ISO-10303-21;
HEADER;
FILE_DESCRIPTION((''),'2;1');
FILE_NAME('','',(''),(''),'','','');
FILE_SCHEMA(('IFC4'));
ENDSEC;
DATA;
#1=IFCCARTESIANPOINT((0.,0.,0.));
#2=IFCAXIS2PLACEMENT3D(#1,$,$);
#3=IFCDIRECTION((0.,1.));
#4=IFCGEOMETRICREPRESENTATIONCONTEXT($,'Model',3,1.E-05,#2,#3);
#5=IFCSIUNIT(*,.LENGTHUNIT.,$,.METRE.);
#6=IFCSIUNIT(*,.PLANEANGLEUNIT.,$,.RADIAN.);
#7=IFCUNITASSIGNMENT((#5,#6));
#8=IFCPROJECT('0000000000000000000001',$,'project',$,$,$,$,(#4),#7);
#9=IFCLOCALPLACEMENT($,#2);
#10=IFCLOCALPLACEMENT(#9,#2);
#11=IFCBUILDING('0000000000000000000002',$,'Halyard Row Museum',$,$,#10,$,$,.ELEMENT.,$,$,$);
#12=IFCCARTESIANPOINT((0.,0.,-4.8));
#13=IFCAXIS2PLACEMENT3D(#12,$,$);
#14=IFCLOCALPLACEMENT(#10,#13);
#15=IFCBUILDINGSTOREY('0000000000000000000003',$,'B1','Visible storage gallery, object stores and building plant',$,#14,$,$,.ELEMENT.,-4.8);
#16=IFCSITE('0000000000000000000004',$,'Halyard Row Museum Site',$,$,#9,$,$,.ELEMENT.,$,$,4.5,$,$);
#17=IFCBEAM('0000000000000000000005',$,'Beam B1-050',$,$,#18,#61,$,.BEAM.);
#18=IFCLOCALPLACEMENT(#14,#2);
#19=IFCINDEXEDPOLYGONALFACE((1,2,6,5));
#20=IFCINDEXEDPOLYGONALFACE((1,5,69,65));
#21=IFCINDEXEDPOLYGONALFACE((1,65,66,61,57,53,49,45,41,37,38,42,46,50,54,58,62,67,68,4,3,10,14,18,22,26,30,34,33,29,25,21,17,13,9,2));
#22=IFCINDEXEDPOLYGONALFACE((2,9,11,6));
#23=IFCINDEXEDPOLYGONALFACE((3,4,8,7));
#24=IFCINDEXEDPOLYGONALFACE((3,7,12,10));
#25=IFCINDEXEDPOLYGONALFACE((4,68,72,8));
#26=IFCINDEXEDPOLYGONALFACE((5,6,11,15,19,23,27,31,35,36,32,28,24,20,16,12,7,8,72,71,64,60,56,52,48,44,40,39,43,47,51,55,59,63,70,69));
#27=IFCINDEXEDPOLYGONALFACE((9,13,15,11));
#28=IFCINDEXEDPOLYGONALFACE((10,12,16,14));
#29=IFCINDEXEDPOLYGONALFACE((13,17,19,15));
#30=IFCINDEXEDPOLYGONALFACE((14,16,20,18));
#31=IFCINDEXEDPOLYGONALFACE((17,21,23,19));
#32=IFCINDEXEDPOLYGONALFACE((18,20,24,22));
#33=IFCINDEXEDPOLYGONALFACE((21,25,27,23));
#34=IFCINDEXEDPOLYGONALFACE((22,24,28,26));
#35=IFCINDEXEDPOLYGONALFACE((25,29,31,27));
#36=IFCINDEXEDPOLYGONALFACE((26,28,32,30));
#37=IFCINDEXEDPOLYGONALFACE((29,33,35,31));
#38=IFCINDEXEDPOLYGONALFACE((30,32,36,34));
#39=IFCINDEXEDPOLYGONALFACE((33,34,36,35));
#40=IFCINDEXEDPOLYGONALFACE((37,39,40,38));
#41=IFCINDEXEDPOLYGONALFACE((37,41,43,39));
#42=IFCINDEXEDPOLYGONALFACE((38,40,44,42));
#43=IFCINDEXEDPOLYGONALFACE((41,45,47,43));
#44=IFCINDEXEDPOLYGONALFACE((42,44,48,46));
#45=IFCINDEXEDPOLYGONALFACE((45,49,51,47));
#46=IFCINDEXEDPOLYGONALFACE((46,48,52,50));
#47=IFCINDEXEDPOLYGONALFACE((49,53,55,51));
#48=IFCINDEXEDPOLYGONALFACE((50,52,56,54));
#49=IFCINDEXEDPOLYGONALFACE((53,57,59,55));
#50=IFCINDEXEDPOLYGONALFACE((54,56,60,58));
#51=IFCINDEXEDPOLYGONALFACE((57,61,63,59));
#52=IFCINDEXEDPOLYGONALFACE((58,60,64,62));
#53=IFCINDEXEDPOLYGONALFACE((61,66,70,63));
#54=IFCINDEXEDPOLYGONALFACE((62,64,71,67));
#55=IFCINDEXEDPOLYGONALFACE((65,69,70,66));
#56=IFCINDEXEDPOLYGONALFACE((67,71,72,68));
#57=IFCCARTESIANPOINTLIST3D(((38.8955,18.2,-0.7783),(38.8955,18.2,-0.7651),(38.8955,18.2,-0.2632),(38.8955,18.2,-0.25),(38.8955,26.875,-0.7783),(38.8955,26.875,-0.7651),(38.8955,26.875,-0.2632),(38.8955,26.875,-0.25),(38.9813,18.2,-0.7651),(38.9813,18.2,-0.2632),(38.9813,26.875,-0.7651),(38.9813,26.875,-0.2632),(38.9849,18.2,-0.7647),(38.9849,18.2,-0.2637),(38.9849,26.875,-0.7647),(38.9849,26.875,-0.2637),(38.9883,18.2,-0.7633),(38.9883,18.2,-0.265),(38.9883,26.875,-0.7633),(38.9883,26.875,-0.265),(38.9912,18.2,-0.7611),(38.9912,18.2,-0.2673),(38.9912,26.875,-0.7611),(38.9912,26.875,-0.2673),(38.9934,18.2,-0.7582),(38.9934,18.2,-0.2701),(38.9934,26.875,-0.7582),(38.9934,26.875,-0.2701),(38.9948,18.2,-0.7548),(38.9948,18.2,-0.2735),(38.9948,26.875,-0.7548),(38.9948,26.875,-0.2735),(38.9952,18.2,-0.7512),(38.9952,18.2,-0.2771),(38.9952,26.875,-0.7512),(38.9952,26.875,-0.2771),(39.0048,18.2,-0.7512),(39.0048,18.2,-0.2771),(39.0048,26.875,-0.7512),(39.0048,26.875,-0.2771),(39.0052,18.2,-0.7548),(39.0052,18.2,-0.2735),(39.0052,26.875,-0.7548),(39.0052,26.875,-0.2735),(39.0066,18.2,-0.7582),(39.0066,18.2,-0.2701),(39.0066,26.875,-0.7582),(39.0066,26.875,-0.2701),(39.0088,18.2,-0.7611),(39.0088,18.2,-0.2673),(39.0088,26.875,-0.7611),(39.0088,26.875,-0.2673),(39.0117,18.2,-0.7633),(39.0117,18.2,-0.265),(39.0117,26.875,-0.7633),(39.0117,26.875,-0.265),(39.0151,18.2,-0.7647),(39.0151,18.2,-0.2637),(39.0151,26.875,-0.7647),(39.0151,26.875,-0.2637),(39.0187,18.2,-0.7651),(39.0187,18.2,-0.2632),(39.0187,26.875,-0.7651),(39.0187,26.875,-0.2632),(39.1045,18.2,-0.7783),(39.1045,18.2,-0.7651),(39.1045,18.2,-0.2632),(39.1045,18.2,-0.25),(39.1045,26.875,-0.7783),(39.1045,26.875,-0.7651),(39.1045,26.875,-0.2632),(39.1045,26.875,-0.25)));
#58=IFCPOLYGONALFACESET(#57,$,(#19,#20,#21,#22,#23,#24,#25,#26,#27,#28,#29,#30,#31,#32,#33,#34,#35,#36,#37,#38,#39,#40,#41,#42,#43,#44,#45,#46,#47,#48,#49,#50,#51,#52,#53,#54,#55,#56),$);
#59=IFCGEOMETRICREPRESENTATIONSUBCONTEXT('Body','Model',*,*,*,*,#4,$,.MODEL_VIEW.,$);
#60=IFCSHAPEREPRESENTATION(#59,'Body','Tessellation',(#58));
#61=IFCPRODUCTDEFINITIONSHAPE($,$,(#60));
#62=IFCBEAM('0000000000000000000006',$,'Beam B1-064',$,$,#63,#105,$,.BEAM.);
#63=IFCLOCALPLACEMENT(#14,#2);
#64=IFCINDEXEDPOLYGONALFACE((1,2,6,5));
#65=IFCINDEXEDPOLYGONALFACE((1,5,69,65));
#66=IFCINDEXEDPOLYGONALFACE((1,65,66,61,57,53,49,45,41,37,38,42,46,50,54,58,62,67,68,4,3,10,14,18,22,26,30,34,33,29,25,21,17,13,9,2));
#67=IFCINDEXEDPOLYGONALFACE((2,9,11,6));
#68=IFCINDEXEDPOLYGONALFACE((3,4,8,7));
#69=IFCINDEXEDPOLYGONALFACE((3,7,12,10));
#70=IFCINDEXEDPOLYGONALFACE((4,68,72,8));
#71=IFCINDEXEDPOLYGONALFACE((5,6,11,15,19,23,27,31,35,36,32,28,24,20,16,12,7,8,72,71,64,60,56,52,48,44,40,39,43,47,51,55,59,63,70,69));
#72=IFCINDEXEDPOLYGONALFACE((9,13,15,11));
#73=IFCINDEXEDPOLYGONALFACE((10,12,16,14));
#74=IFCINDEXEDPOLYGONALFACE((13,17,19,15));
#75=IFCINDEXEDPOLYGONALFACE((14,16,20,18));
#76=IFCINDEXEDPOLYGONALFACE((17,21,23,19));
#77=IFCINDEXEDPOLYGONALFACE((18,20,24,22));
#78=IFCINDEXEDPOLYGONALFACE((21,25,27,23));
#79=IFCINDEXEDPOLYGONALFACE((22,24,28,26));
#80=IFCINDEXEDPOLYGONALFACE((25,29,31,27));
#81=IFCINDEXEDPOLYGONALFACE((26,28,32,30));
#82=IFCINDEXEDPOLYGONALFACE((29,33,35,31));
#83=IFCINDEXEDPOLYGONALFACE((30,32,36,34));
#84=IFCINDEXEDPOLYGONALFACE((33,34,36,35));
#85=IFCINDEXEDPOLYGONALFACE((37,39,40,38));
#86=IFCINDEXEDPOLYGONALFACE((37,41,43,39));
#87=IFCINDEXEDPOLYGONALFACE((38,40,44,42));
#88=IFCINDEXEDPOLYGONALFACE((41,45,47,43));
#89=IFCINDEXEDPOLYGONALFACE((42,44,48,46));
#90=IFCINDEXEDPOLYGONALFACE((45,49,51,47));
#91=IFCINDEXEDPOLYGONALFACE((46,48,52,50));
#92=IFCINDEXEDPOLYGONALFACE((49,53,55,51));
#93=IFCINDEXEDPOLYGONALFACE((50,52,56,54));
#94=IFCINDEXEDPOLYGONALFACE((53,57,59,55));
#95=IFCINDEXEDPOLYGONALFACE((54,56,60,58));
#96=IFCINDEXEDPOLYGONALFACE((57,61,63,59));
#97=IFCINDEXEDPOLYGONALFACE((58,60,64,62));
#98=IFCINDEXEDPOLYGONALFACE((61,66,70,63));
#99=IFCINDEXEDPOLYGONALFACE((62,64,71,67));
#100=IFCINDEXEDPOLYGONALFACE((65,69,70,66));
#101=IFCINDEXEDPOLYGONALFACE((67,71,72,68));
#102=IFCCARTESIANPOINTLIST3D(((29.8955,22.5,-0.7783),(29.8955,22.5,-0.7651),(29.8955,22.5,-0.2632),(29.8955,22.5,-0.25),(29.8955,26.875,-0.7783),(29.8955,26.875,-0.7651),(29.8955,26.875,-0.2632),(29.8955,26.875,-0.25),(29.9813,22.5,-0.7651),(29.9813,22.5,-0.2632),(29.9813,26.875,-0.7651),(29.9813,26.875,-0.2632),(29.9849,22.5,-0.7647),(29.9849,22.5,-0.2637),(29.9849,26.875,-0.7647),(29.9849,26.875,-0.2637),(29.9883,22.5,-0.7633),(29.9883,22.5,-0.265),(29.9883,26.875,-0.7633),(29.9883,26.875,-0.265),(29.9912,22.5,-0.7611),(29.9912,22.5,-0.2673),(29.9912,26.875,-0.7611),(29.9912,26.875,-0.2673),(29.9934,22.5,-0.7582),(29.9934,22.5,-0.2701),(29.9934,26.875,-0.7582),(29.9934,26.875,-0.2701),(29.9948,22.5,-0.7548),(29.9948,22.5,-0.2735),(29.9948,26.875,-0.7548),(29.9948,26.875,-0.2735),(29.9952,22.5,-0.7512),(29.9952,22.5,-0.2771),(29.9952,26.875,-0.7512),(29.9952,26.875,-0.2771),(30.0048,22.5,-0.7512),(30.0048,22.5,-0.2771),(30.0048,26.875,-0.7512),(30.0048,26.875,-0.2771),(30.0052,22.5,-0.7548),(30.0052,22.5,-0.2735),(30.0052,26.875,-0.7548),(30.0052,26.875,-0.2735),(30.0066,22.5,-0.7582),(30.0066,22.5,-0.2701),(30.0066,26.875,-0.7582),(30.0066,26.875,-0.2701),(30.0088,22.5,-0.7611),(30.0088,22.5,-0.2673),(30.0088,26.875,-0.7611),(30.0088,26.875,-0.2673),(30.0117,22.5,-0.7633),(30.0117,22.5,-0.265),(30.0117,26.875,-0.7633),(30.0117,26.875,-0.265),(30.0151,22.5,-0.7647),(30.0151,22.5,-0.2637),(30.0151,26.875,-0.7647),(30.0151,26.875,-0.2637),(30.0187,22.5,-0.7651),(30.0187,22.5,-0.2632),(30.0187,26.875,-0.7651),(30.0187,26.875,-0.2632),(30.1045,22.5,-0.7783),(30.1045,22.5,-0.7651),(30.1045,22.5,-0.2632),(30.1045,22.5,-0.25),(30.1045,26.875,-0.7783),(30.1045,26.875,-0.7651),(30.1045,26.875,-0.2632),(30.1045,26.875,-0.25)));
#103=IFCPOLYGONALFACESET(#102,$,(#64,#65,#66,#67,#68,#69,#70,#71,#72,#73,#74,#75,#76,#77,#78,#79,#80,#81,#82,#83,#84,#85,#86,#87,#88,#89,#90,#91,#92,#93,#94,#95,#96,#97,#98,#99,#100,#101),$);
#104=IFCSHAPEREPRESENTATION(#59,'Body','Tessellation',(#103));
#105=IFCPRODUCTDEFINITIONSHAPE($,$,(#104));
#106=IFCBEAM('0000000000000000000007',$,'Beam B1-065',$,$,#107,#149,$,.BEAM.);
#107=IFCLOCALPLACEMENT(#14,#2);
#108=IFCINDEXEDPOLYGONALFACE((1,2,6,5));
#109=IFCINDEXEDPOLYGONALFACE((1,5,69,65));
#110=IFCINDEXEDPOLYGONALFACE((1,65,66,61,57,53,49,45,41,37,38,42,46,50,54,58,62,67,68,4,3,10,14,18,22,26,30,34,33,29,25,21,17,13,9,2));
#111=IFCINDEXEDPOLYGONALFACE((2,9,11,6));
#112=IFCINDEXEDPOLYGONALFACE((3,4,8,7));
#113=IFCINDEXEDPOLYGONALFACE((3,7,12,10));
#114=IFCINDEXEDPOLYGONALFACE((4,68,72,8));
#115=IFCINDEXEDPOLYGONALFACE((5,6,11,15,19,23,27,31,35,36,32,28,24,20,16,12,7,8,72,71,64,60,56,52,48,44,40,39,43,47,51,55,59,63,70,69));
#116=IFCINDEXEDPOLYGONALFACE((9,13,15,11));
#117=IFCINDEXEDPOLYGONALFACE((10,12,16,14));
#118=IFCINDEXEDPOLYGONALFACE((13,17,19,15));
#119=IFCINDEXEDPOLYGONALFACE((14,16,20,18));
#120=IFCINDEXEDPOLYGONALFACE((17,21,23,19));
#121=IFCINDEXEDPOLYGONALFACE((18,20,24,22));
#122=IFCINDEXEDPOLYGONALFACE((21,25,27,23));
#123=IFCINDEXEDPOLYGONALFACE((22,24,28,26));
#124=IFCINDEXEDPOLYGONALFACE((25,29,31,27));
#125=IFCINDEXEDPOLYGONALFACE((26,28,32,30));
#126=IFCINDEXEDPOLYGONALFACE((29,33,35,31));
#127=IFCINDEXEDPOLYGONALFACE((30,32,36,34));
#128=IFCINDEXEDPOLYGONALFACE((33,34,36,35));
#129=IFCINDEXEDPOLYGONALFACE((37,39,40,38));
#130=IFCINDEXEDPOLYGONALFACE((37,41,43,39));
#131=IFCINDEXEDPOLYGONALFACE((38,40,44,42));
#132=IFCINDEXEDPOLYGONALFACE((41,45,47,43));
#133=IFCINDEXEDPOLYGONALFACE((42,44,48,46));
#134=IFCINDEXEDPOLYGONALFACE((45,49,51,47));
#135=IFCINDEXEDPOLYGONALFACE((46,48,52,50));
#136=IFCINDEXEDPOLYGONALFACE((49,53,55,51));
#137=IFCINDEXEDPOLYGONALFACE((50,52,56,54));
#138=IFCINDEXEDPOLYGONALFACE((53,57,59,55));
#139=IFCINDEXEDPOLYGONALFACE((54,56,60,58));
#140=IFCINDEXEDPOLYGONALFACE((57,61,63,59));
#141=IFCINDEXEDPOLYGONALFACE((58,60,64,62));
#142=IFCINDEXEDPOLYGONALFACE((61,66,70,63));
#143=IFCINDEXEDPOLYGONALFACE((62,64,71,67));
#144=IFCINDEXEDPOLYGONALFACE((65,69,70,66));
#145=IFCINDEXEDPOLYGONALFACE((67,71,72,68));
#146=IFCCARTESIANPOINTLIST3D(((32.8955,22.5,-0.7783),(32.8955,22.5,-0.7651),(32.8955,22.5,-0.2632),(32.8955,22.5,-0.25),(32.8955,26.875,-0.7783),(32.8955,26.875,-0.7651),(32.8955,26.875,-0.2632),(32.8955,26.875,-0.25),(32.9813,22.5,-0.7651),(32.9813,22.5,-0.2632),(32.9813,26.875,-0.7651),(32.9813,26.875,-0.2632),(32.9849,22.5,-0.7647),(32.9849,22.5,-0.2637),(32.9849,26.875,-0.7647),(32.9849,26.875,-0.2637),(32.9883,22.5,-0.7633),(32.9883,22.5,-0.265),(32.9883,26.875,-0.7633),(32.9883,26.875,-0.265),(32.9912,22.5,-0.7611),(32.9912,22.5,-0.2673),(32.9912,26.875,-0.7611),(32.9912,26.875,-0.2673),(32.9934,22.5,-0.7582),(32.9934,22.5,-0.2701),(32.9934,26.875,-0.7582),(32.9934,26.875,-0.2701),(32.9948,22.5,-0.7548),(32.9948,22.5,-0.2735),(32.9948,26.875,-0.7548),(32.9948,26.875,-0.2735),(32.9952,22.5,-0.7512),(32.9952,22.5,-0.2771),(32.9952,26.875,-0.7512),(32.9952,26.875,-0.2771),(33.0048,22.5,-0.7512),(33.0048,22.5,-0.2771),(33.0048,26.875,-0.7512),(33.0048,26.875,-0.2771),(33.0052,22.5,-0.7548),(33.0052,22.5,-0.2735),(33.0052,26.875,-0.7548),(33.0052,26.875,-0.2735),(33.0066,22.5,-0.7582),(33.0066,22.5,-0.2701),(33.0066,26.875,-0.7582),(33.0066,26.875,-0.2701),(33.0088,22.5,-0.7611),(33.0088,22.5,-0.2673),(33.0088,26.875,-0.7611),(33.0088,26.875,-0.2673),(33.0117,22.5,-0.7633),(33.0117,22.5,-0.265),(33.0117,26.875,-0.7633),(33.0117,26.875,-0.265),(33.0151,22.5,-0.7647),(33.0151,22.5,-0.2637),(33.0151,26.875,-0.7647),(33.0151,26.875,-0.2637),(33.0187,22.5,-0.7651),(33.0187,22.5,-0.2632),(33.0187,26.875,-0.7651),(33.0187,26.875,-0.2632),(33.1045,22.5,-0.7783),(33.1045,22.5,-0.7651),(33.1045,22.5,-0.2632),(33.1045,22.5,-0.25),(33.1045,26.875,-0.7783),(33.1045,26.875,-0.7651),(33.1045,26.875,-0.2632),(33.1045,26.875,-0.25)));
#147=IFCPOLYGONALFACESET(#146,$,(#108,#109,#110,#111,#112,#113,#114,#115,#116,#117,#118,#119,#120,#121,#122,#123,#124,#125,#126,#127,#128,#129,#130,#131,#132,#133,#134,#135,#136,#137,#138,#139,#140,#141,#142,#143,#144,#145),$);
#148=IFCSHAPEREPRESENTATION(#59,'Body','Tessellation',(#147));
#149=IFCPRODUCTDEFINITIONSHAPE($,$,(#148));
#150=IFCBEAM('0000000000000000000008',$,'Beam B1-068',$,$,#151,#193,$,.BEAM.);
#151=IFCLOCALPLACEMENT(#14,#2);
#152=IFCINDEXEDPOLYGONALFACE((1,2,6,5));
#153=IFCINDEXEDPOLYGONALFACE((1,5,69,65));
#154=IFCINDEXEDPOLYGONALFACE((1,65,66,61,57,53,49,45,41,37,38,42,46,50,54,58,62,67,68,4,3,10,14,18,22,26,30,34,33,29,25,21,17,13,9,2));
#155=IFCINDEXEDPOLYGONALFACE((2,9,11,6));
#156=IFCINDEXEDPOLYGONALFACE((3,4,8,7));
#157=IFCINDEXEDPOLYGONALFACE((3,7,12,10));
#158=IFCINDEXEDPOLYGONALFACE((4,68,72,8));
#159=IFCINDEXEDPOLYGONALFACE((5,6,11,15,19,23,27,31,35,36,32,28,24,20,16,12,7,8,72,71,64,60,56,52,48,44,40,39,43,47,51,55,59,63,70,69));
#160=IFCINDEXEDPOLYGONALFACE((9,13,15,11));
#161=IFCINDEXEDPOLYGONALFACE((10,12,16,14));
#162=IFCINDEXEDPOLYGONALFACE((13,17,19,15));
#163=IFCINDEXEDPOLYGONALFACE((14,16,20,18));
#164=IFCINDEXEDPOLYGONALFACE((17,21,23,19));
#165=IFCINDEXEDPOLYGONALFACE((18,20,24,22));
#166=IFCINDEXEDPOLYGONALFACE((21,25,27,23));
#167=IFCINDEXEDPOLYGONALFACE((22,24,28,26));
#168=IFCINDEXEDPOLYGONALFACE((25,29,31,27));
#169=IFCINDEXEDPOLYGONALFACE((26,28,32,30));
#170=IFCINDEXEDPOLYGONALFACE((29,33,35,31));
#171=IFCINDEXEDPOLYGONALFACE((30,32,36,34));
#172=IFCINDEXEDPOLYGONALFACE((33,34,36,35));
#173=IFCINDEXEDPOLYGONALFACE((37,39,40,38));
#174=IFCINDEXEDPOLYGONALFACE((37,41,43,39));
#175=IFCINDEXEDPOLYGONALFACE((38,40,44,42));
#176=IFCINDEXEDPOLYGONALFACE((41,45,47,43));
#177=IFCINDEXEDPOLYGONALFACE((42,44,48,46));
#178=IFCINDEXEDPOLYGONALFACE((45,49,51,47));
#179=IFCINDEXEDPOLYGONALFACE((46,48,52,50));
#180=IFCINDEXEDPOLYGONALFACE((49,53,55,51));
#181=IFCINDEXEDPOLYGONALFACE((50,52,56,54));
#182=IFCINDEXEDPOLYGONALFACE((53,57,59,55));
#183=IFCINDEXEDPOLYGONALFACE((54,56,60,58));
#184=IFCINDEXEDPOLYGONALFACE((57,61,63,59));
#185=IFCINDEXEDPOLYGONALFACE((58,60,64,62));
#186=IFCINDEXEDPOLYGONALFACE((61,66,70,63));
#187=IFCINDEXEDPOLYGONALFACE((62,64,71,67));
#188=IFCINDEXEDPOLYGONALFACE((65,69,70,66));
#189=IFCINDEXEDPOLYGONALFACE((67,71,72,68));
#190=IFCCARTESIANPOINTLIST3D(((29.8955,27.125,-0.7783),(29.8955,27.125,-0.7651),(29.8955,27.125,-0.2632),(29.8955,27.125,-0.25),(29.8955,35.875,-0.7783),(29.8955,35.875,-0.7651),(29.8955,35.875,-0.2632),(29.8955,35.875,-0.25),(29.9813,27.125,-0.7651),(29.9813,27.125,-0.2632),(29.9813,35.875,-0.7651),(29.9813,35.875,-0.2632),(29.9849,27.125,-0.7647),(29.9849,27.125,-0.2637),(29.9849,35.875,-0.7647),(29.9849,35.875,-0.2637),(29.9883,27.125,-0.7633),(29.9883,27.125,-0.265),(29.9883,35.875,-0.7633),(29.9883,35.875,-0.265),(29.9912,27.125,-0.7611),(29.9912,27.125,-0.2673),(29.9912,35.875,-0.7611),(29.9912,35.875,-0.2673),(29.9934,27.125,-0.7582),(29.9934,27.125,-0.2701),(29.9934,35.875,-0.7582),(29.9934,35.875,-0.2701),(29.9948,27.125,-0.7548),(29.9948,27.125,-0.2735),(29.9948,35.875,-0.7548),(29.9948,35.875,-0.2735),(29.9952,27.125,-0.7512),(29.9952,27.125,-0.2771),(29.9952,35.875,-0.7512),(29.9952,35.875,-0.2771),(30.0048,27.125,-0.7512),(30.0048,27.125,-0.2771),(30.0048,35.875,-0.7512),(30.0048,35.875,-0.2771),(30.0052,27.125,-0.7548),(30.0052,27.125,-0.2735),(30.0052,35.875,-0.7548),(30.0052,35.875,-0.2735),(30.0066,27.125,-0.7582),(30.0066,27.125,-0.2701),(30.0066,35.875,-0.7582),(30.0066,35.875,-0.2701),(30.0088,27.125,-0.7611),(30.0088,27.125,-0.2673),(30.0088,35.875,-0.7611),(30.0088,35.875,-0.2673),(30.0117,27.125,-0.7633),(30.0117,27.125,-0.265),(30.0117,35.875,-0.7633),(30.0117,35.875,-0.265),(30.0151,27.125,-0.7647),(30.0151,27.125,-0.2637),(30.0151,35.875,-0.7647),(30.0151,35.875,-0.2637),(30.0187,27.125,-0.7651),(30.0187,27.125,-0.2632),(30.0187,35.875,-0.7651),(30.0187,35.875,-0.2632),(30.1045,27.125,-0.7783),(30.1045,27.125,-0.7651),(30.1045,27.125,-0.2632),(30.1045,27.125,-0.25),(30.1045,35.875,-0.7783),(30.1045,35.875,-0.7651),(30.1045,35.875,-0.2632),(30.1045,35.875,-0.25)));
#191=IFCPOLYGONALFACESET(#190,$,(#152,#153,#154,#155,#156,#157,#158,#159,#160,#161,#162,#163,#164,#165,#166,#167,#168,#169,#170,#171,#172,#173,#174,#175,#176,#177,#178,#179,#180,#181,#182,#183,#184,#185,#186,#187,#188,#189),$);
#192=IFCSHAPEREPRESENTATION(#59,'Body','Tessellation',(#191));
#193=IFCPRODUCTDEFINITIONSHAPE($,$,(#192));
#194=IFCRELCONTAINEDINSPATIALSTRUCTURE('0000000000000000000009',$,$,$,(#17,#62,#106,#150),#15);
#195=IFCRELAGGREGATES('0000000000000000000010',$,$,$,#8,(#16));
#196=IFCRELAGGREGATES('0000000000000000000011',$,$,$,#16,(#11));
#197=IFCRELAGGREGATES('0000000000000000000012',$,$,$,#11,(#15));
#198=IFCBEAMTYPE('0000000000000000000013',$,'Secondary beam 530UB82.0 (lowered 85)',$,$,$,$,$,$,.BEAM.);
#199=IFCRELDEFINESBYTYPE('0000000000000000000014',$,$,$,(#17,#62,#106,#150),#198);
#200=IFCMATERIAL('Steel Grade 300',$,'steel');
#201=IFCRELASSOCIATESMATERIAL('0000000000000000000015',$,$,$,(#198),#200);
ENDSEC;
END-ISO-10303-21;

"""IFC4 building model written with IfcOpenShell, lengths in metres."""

from ifc_helpers import new_model, si_unit, direction, frame, origin, origin_2d, place, context, subcontext, project, spatial, i_section, extrude, material, material_profile, profile_set, type_object, element, save


model = new_model("IFC4")

# Units and contexts
model_context = context("Model", 3, precision=1e-05, world=origin(), true_north=direction((0.0, 1.0)))
body_context = subcontext(model_context, "Body", "Model", "MODEL_VIEW")
ifc_project = project(units=[si_unit("LENGTHUNIT", "METRE"), si_unit("PLANEANGLEUNIT", "RADIAN")], contexts=[model_context])

# Site, building, storey
site_placement = place(None, origin())
site = spatial("IfcSite", under=ifc_project, at=site_placement, Name="Halyard Row Museum Site", CompositionType="ELEMENT", RefElevation=4.5)
building_placement = place(site_placement, origin())
building = spatial("IfcBuilding", under=site, at=building_placement, Name="Halyard Row Museum", CompositionType="ELEMENT")
storey_placement = place(building_placement, frame((0.0, 0.0, -4.8)))
storey = spatial("IfcBuildingStorey", under=building, at=storey_placement, Name="B1", Description="Visible storage gallery, object stores and building plant", CompositionType="ELEMENT", Elevation=-4.8)

# Beams
ifc_material_1 = material(Name="Steel Grade 300", Category="steel")
ifc_material_profile_1 = material_profile(ifc_material_1, i_section(OverallWidth=0.209, OverallDepth=0.5283, WebThickness=0.0095, FlangeThickness=0.0132, FilletRadius=0.0139, at=origin_2d()), Name="530UB82.0")
ifc_profile_set_1 = profile_set([ifc_material_profile_1], Name="Steel Grade 300")
beam_type_1 = type_object("IfcBeamType", Name="Secondary beam 530UB82.0 (lowered 85)", PredefinedType="BEAM", material=ifc_profile_set_1)
beam_1_placement = place(storey_placement, frame((39.0, 18.2, -0.5142), z_axis=(0.0, 1.0, 0.0), x_axis=(-1.0, 0.0, 0.0)))
element("IfcBeam", 1, at=beam_1_placement, inside=storey, type_object=beam_type_1, Name="Beam B1-050", PredefinedType="BEAM", context=body_context, shape_type="SweptSolid", body=[
    extrude(i_section(OverallWidth=0.209, OverallDepth=0.5283, WebThickness=0.0095, FlangeThickness=0.0132, FilletRadius=0.0139, at=origin_2d()), origin(), (0.0, 0.0, 1.0), 8.675),
])
for number, where, z_axis, x_axis, name in (
    (2, (30.0, 22.5, -0.5142), (0.0, 1.0, 0.0), (-1.0, 0.0, 0.0), "Beam B1-064"),
    (3, (33.0, 22.5, -0.5142), (0.0, 1.0, 0.0), (-1.0, 0.0, 0.0), "Beam B1-065"),
):
    element("IfcBeam", number, at=place(storey_placement, frame(where, z_axis=z_axis, x_axis=x_axis)), inside=storey, type_object=beam_type_1, Name=name, PredefinedType="BEAM", context=body_context, shape_type="SweptSolid", body=[
        extrude(i_section(OverallWidth=0.209, OverallDepth=0.5283, WebThickness=0.0095, FlangeThickness=0.0132, FilletRadius=0.0139, at=origin_2d()), origin(), (0.0, 0.0, 1.0), 4.375),
    ])
for number, where, z_axis, x_axis, name in (
    (4, (30.0, 27.125, -0.5142), (0.0, 1.0, 0.0), (-1.0, 0.0, 0.0), "Beam B1-068"),
):
    element("IfcBeam", number, at=place(storey_placement, frame(where, z_axis=z_axis, x_axis=x_axis)), inside=storey, type_object=beam_type_1, Name=name, PredefinedType="BEAM", context=body_context, shape_type="SweptSolid", body=[
        extrude(i_section(OverallWidth=0.209, OverallDepth=0.5283, WebThickness=0.0095, FlangeThickness=0.0132, FilletRadius=0.0139, at=origin_2d()), origin(), (0.0, 0.0, 1.0), 8.75),
    ])

save(model, "model.ifc")
